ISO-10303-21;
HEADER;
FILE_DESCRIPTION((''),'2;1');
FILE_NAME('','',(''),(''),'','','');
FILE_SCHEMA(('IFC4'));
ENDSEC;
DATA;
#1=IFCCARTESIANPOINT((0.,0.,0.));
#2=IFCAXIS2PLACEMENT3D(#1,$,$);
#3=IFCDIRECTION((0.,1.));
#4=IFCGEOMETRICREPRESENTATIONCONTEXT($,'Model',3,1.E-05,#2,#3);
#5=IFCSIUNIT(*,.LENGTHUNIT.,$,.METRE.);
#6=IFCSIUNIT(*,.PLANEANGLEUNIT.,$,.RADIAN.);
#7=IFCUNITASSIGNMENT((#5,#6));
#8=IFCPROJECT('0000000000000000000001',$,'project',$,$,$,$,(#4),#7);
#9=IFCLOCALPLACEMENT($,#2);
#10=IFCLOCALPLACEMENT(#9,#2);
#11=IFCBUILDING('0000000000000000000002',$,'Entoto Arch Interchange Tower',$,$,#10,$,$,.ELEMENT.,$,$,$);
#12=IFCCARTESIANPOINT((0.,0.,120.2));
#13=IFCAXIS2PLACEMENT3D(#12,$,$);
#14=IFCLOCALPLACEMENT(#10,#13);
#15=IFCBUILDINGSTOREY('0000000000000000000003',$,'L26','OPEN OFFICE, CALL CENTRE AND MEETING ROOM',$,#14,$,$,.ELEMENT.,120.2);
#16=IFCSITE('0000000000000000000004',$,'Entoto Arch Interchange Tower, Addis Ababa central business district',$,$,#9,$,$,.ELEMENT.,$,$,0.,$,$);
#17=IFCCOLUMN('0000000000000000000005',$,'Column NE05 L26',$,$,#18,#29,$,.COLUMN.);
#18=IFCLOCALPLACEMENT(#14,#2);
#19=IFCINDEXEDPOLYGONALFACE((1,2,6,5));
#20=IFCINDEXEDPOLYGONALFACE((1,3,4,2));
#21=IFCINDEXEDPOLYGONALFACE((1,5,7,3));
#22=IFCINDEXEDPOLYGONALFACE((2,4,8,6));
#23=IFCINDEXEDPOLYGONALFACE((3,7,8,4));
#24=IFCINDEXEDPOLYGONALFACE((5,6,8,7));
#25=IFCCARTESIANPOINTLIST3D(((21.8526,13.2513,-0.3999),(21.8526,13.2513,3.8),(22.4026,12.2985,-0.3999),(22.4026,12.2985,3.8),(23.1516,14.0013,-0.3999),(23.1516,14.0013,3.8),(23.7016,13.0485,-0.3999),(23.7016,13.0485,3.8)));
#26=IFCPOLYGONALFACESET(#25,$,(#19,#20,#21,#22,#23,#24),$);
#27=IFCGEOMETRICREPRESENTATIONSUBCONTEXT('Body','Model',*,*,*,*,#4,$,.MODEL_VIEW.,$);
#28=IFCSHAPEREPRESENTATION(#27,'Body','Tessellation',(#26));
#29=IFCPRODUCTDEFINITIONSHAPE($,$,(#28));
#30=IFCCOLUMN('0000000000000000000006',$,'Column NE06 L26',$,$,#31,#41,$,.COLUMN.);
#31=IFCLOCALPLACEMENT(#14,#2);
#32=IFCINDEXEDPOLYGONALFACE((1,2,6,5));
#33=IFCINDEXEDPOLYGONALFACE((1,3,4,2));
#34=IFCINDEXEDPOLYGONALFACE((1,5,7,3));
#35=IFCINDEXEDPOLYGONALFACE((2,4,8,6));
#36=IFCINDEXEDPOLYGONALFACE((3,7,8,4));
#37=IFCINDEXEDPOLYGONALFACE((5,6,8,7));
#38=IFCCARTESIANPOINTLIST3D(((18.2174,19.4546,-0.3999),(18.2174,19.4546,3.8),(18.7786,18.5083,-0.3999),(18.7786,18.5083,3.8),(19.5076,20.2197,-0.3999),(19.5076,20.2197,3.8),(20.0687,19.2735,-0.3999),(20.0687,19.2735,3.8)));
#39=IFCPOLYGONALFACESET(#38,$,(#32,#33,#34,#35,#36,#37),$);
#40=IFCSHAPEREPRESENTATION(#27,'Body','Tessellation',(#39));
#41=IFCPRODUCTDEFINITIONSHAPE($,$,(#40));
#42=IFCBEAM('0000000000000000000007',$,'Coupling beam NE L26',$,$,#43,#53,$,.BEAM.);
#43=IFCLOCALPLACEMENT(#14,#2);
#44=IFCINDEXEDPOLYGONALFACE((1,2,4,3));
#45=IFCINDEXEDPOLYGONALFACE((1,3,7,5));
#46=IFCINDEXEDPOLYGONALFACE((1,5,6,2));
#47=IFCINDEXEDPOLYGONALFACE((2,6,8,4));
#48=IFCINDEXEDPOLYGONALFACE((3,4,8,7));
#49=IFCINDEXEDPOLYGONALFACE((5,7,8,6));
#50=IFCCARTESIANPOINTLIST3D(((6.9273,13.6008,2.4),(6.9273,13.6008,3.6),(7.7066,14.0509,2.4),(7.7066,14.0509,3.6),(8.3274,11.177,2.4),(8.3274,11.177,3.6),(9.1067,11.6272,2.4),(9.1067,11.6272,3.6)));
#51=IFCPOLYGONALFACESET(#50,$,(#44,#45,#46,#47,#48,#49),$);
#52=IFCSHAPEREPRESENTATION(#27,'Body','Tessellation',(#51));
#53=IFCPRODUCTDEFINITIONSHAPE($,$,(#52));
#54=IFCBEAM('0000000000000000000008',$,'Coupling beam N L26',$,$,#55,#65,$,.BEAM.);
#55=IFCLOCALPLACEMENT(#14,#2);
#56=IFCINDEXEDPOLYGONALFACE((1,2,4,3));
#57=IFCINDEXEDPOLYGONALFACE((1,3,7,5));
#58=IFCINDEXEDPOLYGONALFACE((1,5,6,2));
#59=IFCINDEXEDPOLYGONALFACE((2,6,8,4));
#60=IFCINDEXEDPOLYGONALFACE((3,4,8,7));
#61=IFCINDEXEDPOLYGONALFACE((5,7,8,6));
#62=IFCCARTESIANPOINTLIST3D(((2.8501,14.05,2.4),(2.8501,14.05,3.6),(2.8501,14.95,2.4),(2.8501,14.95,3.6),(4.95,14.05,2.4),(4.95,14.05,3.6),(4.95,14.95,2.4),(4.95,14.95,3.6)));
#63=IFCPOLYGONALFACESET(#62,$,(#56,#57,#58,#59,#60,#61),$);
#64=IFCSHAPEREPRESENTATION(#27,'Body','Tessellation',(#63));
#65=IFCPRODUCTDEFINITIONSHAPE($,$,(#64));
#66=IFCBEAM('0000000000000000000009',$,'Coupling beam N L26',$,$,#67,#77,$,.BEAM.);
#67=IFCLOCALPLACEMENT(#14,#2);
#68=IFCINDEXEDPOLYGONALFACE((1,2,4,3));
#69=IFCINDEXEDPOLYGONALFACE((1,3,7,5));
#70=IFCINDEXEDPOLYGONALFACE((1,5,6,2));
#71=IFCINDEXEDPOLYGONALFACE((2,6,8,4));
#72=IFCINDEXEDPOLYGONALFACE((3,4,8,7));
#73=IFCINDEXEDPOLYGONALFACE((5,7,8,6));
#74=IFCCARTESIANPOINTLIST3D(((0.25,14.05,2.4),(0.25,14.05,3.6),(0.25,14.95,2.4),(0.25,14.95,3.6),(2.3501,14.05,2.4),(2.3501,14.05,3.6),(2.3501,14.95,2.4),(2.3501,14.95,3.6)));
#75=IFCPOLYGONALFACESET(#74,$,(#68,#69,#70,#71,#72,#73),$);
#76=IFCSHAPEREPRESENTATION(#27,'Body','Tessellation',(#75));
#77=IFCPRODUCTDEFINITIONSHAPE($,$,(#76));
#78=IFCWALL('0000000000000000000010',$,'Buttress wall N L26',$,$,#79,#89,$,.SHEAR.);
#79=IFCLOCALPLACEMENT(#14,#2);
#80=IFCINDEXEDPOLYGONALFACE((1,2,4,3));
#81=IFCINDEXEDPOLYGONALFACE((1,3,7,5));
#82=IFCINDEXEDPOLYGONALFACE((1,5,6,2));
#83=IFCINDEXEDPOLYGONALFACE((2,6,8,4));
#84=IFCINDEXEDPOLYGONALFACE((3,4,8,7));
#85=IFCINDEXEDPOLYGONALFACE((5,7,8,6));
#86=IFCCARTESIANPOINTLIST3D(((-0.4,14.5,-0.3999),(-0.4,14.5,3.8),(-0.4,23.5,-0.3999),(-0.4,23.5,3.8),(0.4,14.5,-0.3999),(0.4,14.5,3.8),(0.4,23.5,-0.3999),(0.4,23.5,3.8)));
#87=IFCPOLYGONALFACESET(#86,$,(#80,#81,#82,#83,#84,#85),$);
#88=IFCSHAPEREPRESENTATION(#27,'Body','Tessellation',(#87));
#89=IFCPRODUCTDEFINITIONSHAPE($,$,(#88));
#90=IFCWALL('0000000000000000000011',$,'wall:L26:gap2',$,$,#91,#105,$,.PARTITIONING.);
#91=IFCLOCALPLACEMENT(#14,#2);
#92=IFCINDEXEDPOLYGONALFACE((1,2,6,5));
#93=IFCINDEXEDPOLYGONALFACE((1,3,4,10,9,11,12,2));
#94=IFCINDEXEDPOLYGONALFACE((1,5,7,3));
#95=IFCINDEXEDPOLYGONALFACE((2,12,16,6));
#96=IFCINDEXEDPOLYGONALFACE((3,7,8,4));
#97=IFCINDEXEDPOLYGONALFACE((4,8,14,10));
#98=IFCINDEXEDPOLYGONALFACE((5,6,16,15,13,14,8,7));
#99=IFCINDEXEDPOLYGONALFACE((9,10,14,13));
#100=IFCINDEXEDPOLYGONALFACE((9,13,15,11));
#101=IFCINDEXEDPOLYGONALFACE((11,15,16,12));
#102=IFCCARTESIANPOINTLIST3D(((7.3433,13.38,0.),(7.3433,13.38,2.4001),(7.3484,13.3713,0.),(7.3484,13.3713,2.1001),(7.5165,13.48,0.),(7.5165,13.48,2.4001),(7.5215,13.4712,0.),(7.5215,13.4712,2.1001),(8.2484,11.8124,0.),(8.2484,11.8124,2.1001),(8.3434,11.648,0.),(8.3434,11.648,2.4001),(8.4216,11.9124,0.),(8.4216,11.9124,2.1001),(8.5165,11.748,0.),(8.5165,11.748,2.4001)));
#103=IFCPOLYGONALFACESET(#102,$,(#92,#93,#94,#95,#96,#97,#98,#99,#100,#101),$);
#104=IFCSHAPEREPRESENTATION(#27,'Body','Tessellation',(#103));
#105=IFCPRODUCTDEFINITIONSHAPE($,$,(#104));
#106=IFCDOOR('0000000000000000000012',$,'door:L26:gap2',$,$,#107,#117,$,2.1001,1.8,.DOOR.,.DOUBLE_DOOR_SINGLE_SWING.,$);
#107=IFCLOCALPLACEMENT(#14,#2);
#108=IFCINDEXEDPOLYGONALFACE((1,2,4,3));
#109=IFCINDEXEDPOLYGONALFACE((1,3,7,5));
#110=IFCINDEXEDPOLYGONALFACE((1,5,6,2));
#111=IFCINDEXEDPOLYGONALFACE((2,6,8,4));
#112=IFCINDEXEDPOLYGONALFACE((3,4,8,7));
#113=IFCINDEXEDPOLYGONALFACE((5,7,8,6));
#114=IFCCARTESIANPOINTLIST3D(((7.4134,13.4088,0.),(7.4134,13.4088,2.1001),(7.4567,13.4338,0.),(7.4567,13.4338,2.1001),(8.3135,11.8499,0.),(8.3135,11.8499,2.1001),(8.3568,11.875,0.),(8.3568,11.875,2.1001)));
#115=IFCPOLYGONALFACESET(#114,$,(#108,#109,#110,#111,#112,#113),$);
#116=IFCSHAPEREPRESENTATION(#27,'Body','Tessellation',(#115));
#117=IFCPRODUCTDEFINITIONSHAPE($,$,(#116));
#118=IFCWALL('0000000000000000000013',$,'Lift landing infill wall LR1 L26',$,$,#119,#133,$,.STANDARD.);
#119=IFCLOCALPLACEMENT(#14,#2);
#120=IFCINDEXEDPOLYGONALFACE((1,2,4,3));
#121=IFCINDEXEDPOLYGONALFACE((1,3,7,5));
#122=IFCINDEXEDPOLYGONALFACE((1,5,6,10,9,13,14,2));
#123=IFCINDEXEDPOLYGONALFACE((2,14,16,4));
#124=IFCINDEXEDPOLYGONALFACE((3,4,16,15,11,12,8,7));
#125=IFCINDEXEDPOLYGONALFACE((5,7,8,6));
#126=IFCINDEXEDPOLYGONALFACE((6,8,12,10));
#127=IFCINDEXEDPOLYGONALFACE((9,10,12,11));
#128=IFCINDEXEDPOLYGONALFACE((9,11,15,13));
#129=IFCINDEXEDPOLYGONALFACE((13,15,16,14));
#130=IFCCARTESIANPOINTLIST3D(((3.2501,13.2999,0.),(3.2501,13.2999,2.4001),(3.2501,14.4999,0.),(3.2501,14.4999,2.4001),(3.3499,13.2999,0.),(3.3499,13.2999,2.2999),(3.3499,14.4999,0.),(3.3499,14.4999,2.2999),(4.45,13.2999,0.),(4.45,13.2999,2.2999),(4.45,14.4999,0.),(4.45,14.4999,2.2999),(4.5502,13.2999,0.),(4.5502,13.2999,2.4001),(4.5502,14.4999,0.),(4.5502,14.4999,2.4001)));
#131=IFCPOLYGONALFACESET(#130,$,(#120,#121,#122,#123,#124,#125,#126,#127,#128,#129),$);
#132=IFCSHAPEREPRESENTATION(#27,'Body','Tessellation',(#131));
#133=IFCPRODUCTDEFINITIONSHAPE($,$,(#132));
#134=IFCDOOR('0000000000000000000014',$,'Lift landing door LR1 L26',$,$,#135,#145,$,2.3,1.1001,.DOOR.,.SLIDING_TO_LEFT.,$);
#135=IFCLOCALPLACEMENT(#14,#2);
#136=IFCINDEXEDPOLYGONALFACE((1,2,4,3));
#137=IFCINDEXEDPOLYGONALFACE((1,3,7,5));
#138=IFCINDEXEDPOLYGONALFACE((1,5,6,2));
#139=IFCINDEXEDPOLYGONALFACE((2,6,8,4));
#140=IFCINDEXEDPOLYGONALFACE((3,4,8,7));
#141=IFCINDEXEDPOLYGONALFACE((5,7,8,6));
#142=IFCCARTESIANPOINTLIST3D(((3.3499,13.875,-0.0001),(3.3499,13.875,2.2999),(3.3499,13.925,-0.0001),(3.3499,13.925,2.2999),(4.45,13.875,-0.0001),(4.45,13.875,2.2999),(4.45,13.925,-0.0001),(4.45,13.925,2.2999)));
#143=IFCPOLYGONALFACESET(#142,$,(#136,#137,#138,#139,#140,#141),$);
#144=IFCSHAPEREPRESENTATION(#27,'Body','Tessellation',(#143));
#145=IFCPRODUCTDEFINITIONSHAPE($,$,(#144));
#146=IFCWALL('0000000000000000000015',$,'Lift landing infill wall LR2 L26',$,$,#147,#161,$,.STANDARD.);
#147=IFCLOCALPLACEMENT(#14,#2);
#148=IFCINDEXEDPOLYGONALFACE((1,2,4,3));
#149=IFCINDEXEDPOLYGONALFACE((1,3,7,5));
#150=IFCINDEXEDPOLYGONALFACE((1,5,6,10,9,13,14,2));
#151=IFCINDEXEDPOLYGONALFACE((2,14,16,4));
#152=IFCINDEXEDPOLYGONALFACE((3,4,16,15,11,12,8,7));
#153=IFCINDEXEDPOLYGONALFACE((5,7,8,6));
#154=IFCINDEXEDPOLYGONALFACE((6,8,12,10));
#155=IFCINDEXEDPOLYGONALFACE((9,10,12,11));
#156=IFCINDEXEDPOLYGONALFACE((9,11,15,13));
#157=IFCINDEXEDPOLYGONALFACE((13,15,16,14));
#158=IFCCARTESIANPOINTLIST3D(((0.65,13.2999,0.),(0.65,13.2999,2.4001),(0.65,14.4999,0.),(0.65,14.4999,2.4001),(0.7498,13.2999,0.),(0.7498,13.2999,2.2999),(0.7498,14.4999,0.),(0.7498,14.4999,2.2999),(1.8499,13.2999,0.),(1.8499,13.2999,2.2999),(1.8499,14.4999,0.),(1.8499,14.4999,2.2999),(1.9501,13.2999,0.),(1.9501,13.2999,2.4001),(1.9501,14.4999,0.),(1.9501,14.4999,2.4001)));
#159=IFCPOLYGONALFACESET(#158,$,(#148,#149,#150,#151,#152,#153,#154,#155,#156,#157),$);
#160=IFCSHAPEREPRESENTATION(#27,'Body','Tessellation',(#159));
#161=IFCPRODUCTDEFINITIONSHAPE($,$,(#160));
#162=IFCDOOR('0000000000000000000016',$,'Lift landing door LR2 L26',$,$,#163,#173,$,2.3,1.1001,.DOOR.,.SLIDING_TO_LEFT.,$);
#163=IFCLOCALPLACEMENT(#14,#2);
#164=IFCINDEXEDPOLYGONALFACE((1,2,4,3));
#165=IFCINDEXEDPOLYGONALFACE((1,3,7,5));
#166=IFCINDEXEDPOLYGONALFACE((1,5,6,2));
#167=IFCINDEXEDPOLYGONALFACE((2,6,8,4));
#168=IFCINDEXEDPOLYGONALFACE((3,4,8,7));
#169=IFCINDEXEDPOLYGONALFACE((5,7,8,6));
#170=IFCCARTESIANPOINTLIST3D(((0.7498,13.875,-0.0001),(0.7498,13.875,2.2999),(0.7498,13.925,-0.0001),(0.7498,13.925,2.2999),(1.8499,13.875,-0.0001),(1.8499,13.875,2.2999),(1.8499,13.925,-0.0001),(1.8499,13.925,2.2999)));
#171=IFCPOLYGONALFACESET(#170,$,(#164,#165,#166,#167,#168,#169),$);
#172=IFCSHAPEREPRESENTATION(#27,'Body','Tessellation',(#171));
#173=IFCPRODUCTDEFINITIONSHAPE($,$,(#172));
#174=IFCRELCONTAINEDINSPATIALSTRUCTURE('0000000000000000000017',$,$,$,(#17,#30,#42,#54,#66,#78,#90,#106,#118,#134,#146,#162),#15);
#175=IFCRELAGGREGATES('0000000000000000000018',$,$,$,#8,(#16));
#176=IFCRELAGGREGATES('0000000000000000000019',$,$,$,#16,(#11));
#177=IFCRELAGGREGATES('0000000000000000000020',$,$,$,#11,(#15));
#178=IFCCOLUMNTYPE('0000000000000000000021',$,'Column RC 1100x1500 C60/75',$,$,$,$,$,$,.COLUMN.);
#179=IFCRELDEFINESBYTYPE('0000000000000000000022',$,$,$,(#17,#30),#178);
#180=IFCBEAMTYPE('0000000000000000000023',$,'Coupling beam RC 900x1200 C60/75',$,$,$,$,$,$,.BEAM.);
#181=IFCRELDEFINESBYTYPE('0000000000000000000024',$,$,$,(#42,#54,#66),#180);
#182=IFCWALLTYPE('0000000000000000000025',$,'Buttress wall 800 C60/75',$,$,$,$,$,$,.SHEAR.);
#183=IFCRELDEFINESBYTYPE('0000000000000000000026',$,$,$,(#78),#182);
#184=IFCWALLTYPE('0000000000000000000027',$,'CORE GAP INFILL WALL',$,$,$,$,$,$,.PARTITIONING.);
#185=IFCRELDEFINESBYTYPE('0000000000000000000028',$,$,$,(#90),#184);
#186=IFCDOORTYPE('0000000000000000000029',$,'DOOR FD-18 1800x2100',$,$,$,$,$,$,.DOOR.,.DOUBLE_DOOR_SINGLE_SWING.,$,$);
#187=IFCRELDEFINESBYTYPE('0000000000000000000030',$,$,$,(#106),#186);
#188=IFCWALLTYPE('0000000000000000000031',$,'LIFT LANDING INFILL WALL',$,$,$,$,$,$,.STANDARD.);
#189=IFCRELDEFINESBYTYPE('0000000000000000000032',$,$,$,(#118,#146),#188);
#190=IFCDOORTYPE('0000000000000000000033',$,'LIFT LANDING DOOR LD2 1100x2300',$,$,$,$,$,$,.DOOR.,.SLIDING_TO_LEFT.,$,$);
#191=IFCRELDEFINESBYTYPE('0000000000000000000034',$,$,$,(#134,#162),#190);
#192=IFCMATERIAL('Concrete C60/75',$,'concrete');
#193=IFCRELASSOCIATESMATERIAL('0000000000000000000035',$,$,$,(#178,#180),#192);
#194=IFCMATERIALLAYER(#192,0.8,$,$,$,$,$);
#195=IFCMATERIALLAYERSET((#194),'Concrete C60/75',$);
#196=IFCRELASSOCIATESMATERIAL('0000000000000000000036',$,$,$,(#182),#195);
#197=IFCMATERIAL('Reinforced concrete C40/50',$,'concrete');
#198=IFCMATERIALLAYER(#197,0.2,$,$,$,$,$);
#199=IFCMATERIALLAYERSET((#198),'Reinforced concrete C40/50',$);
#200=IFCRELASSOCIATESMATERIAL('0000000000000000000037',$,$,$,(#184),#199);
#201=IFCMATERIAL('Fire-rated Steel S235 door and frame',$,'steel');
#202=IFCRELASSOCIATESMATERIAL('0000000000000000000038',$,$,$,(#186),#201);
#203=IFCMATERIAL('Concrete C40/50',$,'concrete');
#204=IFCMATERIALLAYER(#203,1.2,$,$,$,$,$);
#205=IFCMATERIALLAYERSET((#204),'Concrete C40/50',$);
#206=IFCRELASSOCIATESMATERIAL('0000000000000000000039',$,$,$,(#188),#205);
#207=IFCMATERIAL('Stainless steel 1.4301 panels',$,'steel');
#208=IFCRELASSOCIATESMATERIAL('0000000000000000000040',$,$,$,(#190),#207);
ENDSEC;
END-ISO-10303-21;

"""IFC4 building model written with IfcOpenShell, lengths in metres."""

from ifc_helpers import new_model, si_unit, direction, frame, frame_2d, origin, origin_2d, place, context, subcontext, project, spatial, rectangle, extrude, material, layer, layer_set, material_profile, profile_set, type_object, element, fill, save


model = new_model("IFC4")

# Units and contexts
model_context = context("Model", 3, precision=1e-05, world=origin(), true_north=direction((0.0, 1.0)))
body_context = subcontext(model_context, "Body", "Model", "MODEL_VIEW")
ifc_project = project(units=[si_unit("LENGTHUNIT", "METRE"), si_unit("PLANEANGLEUNIT", "RADIAN")], contexts=[model_context])

# Site, building, storey
site_placement = place(None, origin())
site = spatial("IfcSite", under=ifc_project, at=site_placement, Name="Entoto Arch Interchange Tower, Addis Ababa central business district", CompositionType="ELEMENT", RefElevation=0.0)
building_placement = place(site_placement, origin())
building = spatial("IfcBuilding", under=site, at=building_placement, Name="Entoto Arch Interchange Tower", CompositionType="ELEMENT")
storey_placement = place(building_placement, frame((0.0, 0.0, 120.2)))
storey = spatial("IfcBuildingStorey", under=building, at=storey_placement, Name="L26", Description="OPEN OFFICE, CALL CENTRE AND MEETING ROOM", CompositionType="ELEMENT", Elevation=120.2)

# Columns
ifc_material_1 = material(Name="Concrete C60/75", Category="concrete")
ifc_material_profile_1 = material_profile(ifc_material_1, rectangle(XDim=1.1001, YDim=1.5, at=origin_2d()))
ifc_profile_set_1 = profile_set([ifc_material_profile_1], Name="Concrete C60/75")
column_type = type_object("IfcColumnType", Name="Column RC 1100x1500 C60/75", PredefinedType="COLUMN", material=ifc_profile_set_1)
for number, where, z_axis, x_axis, name in (
    (1, (22.7771, 13.1499, -0.3999), (0.0, 0.0, 1.0), (-0.5, 0.866025, 0.0), "Column NE05 L26"),
    (2, (19.1431, 19.364, -0.3999), (0.0, 0.0, 1.0), (-0.510093, 0.860119, 0.0), "Column NE06 L26"),
):
    element("IfcColumn", number, at=place(storey_placement, frame(where, z_axis=z_axis, x_axis=x_axis)), inside=storey, type_object=column_type, Name=name, PredefinedType="COLUMN", context=body_context, shape_type="SweptSolid", body=[
        extrude(rectangle(XDim=1.1001, YDim=1.5, at=origin_2d()), origin(), (0.0, 0.0, 1.0), 4.2),
    ])

# Beams
ifc_material_profile_2 = material_profile(ifc_material_1, rectangle(XDim=0.8999, YDim=1.2, at=origin_2d()))
ifc_profile_set_2 = profile_set([ifc_material_profile_2], Name="Concrete C60/75")
beam_type = type_object("IfcBeamType", Name="Coupling beam RC 900x1200 C60/75", PredefinedType="BEAM", material=ifc_profile_set_2)
beam_1_placement = place(storey_placement, frame((8.717, 11.4021, 3.0), z_axis=(-0.500201, 0.86591, 0.0), x_axis=(-0.86591, -0.500201, 0.0)))
element("IfcBeam", 3, at=beam_1_placement, inside=storey, type_object=beam_type, Name="Coupling beam NE L26", PredefinedType="BEAM", context=body_context, shape_type="SweptSolid", body=[
    extrude(rectangle(XDim=0.8999, YDim=1.2, at=origin_2d()), origin(), (0.0, 0.0, 1.0), 2.7991),
])
beam_2_placement = place(storey_placement, frame((4.95, 14.5, 3.0), z_axis=(-1.0, 0.0, 0.0), x_axis=(0.0, -1.0, 0.0)))
element("IfcBeam", 4, at=beam_2_placement, inside=storey, type_object=beam_type, Name="Coupling beam N L26", PredefinedType="BEAM", context=body_context, shape_type="SweptSolid", body=[
    extrude(rectangle(XDim=0.8999, YDim=1.2, at=origin_2d()), origin(), (0.0, 0.0, 1.0), 2.0999),
])
beam_3_placement = place(storey_placement, frame((2.3501, 14.5, 3.0), z_axis=(-1.0, 0.0, 0.0), x_axis=(0.0, -1.0, 0.0)))
element("IfcBeam", 5, at=beam_3_placement, inside=storey, type_object=beam_type, Name="Coupling beam N L26", PredefinedType="BEAM", context=body_context, shape_type="SweptSolid", body=[
    extrude(rectangle(XDim=0.8999, YDim=1.2, at=origin_2d()), origin(), (0.0, 0.0, 1.0), 2.1001),
])

# Wall
ifc_layer_1 = layer(ifc_material_1, 0.8)
ifc_layer_set_1 = layer_set([ifc_layer_1], Name="Concrete C60/75")
wall_type_1 = type_object("IfcWallType", Name="Buttress wall 800 C60/75", PredefinedType="SHEAR", material=ifc_layer_set_1)
wall_1_placement = place(storey_placement, frame((0.0, 14.5, -0.3999), z_axis=(0.0, 0.0, 1.0), x_axis=(0.0, 1.0, 0.0)))
element("IfcWall", 6, at=wall_1_placement, inside=storey, type_object=wall_type_1, Name="Buttress wall N L26", PredefinedType="SHEAR", context=body_context, shape_type="SweptSolid", body=[
    extrude(rectangle(XDim=9.0, YDim=0.8, at=frame_2d((4.5, 0.0))), origin(), (0.0, 0.0, 1.0), 4.2),
])

# Walls, openings, doors
ifc_material_2 = material(Name="Reinforced concrete C40/50", Category="concrete")
ifc_layer_2 = layer(ifc_material_2, 0.2)
ifc_layer_set_2 = layer_set([ifc_layer_2], Name="Reinforced concrete C40/50")
wall_type_2 = type_object("IfcWallType", Name="CORE GAP INFILL WALL", PredefinedType="PARTITIONING", material=ifc_layer_set_2)
wall_2_placement = place(storey_placement, frame((8.4299, 11.698, 0.0), z_axis=(0.0, 0.0, 1.0), x_axis=(-0.500025, 0.866011, 0.0)))
wall_2 = element("IfcWall", 7, at=wall_2_placement, inside=storey, type_object=wall_type_2, Name="wall:L26:gap2", PredefinedType="PARTITIONING", context=body_context, shape_type="SweptSolid", body=[
    extrude(rectangle(XDim=2.0, YDim=0.2, at=frame_2d((1.0, 0.0))), origin(), (0.0, 0.0, 1.0), 2.4001),
])
opening_1_placement = place(wall_2_placement, frame((0.1899, 0.0, 0.0)))
opening_1 = element("IfcOpeningElement", 8, at=opening_1_placement, cuts=wall_2, PredefinedType="OPENING", context=body_context, shape_type="SweptSolid", body=[
    extrude(rectangle(XDim=1.8, YDim=2.1001, at=frame_2d((0.8999, 1.05))), frame((0.0, 0.1099, 0.0), z_axis=(0.0, -1.0, 0.0), x_axis=(1.0, 0.0, 0.0)), (0.0, 0.0, 1.0), 0.22),
])
ifc_material_3 = material(Name="Fire-rated Steel S235 door and frame", Category="steel")
door_type_1 = type_object("IfcDoorType", Name="DOOR FD-18 1800x2100", OperationType="DOUBLE_DOOR_SINGLE_SWING", PredefinedType="DOOR", material=ifc_material_3)
door_1_placement = place(opening_1_placement, origin())
door_1 = element("IfcDoor", 9, at=door_1_placement, inside=storey, type_object=door_type_1, Name="door:L26:gap2", OperationType="DOUBLE_DOOR_SINGLE_SWING", OverallHeight=2.1001, OverallWidth=1.8, PredefinedType="DOOR", context=body_context, shape_type="SweptSolid", body=[
    extrude(rectangle(XDim=1.8, YDim=2.1001, at=frame_2d((0.8999, 1.05))), frame((0.0, 0.0249, 0.0), z_axis=(0.0, -1.0, 0.0), x_axis=(1.0, 0.0, 0.0)), (0.0, 0.0, 1.0), 0.05),
])
fill(opening_1, door_1)
ifc_material_4 = material(Name="Concrete C40/50", Category="concrete")
ifc_layer_3 = layer(ifc_material_4, 1.2)
ifc_layer_set_3 = layer_set([ifc_layer_3], Name="Concrete C40/50")
wall_type_3 = type_object("IfcWallType", Name="LIFT LANDING INFILL WALL", PredefinedType="STANDARD", material=ifc_layer_set_3)
wall_3_placement = place(storey_placement, frame((4.55, 13.8999, 0.0), z_axis=(0.0, 0.0, 1.0), x_axis=(-1.0, 0.0, 0.0)))
wall_3 = element("IfcWall", 10, at=wall_3_placement, inside=storey, type_object=wall_type_3, Name="Lift landing infill wall LR1 L26", PredefinedType="STANDARD", context=body_context, shape_type="SweptSolid", body=[
    extrude(rectangle(XDim=1.3, YDim=1.2, at=frame_2d((0.6499, 0.0))), origin(), (0.0, 0.0, 1.0), 2.4001),
])
opening_2_placement = place(wall_3_placement, frame((0.1001, 0.0, 0.0)))
opening_2 = element("IfcOpeningElement", 11, at=opening_2_placement, cuts=wall_3, PredefinedType="OPENING", context=body_context, shape_type="SweptSolid", body=[
    extrude(rectangle(XDim=1.1001, YDim=2.3, at=frame_2d((0.55, 1.1499))), frame((0.0, 0.6099, 0.0), z_axis=(0.0, -1.0, 0.0), x_axis=(1.0, 0.0, 0.0)), (0.0, 0.0, 1.0), 1.22),
])
ifc_material_5 = material(Name="Stainless steel 1.4301 panels", Category="steel")
door_type_2 = type_object("IfcDoorType", Name="LIFT LANDING DOOR LD2 1100x2300", OperationType="SLIDING_TO_LEFT", PredefinedType="DOOR", material=ifc_material_5)
door_2_placement = place(opening_2_placement, origin())
door_2 = element("IfcDoor", 12, at=door_2_placement, inside=storey, type_object=door_type_2, Name="Lift landing door LR1 L26", OperationType="SLIDING_TO_LEFT", OverallHeight=2.3, OverallWidth=1.1001, PredefinedType="DOOR", context=body_context, shape_type="SweptSolid", body=[
    extrude(rectangle(XDim=1.1001, YDim=2.3, at=frame_2d((0.55, 1.1499))), frame((0.0, 0.0249, 0.0), z_axis=(0.0, -1.0, 0.0), x_axis=(1.0, 0.0, 0.0)), (0.0, 0.0, 1.0), 0.05),
])
fill(opening_2, door_2)
wall_4_placement = place(storey_placement, frame((1.95, 13.8999, 0.0), z_axis=(0.0, 0.0, 1.0), x_axis=(-1.0, 0.0, 0.0)))
wall_4 = element("IfcWall", 13, at=wall_4_placement, inside=storey, type_object=wall_type_3, Name="Lift landing infill wall LR2 L26", PredefinedType="STANDARD", context=body_context, shape_type="SweptSolid", body=[
    extrude(rectangle(XDim=1.3, YDim=1.2, at=frame_2d((0.6499, 0.0))), origin(), (0.0, 0.0, 1.0), 2.4001),
])
opening_3_placement = place(wall_4_placement, frame((0.1001, 0.0, 0.0)))
opening_3 = element("IfcOpeningElement", 14, at=opening_3_placement, cuts=wall_4, PredefinedType="OPENING", context=body_context, shape_type="SweptSolid", body=[
    extrude(rectangle(XDim=1.1001, YDim=2.3, at=frame_2d((0.55, 1.1499))), frame((0.0, 0.6099, 0.0), z_axis=(0.0, -1.0, 0.0), x_axis=(1.0, 0.0, 0.0)), (0.0, 0.0, 1.0), 1.22),
])
door_3_placement = place(opening_3_placement, origin())
door_3 = element("IfcDoor", 15, at=door_3_placement, inside=storey, type_object=door_type_2, Name="Lift landing door LR2 L26", OperationType="SLIDING_TO_LEFT", OverallHeight=2.3, OverallWidth=1.1001, PredefinedType="DOOR", context=body_context, shape_type="SweptSolid", body=[
    extrude(rectangle(XDim=1.1001, YDim=2.3, at=frame_2d((0.55, 1.1499))), frame((0.0, 0.0249, 0.0), z_axis=(0.0, -1.0, 0.0), x_axis=(1.0, 0.0, 0.0)), (0.0, 0.0, 1.0), 0.05),
])
fill(opening_3, door_3)

save(model, "model.ifc")
